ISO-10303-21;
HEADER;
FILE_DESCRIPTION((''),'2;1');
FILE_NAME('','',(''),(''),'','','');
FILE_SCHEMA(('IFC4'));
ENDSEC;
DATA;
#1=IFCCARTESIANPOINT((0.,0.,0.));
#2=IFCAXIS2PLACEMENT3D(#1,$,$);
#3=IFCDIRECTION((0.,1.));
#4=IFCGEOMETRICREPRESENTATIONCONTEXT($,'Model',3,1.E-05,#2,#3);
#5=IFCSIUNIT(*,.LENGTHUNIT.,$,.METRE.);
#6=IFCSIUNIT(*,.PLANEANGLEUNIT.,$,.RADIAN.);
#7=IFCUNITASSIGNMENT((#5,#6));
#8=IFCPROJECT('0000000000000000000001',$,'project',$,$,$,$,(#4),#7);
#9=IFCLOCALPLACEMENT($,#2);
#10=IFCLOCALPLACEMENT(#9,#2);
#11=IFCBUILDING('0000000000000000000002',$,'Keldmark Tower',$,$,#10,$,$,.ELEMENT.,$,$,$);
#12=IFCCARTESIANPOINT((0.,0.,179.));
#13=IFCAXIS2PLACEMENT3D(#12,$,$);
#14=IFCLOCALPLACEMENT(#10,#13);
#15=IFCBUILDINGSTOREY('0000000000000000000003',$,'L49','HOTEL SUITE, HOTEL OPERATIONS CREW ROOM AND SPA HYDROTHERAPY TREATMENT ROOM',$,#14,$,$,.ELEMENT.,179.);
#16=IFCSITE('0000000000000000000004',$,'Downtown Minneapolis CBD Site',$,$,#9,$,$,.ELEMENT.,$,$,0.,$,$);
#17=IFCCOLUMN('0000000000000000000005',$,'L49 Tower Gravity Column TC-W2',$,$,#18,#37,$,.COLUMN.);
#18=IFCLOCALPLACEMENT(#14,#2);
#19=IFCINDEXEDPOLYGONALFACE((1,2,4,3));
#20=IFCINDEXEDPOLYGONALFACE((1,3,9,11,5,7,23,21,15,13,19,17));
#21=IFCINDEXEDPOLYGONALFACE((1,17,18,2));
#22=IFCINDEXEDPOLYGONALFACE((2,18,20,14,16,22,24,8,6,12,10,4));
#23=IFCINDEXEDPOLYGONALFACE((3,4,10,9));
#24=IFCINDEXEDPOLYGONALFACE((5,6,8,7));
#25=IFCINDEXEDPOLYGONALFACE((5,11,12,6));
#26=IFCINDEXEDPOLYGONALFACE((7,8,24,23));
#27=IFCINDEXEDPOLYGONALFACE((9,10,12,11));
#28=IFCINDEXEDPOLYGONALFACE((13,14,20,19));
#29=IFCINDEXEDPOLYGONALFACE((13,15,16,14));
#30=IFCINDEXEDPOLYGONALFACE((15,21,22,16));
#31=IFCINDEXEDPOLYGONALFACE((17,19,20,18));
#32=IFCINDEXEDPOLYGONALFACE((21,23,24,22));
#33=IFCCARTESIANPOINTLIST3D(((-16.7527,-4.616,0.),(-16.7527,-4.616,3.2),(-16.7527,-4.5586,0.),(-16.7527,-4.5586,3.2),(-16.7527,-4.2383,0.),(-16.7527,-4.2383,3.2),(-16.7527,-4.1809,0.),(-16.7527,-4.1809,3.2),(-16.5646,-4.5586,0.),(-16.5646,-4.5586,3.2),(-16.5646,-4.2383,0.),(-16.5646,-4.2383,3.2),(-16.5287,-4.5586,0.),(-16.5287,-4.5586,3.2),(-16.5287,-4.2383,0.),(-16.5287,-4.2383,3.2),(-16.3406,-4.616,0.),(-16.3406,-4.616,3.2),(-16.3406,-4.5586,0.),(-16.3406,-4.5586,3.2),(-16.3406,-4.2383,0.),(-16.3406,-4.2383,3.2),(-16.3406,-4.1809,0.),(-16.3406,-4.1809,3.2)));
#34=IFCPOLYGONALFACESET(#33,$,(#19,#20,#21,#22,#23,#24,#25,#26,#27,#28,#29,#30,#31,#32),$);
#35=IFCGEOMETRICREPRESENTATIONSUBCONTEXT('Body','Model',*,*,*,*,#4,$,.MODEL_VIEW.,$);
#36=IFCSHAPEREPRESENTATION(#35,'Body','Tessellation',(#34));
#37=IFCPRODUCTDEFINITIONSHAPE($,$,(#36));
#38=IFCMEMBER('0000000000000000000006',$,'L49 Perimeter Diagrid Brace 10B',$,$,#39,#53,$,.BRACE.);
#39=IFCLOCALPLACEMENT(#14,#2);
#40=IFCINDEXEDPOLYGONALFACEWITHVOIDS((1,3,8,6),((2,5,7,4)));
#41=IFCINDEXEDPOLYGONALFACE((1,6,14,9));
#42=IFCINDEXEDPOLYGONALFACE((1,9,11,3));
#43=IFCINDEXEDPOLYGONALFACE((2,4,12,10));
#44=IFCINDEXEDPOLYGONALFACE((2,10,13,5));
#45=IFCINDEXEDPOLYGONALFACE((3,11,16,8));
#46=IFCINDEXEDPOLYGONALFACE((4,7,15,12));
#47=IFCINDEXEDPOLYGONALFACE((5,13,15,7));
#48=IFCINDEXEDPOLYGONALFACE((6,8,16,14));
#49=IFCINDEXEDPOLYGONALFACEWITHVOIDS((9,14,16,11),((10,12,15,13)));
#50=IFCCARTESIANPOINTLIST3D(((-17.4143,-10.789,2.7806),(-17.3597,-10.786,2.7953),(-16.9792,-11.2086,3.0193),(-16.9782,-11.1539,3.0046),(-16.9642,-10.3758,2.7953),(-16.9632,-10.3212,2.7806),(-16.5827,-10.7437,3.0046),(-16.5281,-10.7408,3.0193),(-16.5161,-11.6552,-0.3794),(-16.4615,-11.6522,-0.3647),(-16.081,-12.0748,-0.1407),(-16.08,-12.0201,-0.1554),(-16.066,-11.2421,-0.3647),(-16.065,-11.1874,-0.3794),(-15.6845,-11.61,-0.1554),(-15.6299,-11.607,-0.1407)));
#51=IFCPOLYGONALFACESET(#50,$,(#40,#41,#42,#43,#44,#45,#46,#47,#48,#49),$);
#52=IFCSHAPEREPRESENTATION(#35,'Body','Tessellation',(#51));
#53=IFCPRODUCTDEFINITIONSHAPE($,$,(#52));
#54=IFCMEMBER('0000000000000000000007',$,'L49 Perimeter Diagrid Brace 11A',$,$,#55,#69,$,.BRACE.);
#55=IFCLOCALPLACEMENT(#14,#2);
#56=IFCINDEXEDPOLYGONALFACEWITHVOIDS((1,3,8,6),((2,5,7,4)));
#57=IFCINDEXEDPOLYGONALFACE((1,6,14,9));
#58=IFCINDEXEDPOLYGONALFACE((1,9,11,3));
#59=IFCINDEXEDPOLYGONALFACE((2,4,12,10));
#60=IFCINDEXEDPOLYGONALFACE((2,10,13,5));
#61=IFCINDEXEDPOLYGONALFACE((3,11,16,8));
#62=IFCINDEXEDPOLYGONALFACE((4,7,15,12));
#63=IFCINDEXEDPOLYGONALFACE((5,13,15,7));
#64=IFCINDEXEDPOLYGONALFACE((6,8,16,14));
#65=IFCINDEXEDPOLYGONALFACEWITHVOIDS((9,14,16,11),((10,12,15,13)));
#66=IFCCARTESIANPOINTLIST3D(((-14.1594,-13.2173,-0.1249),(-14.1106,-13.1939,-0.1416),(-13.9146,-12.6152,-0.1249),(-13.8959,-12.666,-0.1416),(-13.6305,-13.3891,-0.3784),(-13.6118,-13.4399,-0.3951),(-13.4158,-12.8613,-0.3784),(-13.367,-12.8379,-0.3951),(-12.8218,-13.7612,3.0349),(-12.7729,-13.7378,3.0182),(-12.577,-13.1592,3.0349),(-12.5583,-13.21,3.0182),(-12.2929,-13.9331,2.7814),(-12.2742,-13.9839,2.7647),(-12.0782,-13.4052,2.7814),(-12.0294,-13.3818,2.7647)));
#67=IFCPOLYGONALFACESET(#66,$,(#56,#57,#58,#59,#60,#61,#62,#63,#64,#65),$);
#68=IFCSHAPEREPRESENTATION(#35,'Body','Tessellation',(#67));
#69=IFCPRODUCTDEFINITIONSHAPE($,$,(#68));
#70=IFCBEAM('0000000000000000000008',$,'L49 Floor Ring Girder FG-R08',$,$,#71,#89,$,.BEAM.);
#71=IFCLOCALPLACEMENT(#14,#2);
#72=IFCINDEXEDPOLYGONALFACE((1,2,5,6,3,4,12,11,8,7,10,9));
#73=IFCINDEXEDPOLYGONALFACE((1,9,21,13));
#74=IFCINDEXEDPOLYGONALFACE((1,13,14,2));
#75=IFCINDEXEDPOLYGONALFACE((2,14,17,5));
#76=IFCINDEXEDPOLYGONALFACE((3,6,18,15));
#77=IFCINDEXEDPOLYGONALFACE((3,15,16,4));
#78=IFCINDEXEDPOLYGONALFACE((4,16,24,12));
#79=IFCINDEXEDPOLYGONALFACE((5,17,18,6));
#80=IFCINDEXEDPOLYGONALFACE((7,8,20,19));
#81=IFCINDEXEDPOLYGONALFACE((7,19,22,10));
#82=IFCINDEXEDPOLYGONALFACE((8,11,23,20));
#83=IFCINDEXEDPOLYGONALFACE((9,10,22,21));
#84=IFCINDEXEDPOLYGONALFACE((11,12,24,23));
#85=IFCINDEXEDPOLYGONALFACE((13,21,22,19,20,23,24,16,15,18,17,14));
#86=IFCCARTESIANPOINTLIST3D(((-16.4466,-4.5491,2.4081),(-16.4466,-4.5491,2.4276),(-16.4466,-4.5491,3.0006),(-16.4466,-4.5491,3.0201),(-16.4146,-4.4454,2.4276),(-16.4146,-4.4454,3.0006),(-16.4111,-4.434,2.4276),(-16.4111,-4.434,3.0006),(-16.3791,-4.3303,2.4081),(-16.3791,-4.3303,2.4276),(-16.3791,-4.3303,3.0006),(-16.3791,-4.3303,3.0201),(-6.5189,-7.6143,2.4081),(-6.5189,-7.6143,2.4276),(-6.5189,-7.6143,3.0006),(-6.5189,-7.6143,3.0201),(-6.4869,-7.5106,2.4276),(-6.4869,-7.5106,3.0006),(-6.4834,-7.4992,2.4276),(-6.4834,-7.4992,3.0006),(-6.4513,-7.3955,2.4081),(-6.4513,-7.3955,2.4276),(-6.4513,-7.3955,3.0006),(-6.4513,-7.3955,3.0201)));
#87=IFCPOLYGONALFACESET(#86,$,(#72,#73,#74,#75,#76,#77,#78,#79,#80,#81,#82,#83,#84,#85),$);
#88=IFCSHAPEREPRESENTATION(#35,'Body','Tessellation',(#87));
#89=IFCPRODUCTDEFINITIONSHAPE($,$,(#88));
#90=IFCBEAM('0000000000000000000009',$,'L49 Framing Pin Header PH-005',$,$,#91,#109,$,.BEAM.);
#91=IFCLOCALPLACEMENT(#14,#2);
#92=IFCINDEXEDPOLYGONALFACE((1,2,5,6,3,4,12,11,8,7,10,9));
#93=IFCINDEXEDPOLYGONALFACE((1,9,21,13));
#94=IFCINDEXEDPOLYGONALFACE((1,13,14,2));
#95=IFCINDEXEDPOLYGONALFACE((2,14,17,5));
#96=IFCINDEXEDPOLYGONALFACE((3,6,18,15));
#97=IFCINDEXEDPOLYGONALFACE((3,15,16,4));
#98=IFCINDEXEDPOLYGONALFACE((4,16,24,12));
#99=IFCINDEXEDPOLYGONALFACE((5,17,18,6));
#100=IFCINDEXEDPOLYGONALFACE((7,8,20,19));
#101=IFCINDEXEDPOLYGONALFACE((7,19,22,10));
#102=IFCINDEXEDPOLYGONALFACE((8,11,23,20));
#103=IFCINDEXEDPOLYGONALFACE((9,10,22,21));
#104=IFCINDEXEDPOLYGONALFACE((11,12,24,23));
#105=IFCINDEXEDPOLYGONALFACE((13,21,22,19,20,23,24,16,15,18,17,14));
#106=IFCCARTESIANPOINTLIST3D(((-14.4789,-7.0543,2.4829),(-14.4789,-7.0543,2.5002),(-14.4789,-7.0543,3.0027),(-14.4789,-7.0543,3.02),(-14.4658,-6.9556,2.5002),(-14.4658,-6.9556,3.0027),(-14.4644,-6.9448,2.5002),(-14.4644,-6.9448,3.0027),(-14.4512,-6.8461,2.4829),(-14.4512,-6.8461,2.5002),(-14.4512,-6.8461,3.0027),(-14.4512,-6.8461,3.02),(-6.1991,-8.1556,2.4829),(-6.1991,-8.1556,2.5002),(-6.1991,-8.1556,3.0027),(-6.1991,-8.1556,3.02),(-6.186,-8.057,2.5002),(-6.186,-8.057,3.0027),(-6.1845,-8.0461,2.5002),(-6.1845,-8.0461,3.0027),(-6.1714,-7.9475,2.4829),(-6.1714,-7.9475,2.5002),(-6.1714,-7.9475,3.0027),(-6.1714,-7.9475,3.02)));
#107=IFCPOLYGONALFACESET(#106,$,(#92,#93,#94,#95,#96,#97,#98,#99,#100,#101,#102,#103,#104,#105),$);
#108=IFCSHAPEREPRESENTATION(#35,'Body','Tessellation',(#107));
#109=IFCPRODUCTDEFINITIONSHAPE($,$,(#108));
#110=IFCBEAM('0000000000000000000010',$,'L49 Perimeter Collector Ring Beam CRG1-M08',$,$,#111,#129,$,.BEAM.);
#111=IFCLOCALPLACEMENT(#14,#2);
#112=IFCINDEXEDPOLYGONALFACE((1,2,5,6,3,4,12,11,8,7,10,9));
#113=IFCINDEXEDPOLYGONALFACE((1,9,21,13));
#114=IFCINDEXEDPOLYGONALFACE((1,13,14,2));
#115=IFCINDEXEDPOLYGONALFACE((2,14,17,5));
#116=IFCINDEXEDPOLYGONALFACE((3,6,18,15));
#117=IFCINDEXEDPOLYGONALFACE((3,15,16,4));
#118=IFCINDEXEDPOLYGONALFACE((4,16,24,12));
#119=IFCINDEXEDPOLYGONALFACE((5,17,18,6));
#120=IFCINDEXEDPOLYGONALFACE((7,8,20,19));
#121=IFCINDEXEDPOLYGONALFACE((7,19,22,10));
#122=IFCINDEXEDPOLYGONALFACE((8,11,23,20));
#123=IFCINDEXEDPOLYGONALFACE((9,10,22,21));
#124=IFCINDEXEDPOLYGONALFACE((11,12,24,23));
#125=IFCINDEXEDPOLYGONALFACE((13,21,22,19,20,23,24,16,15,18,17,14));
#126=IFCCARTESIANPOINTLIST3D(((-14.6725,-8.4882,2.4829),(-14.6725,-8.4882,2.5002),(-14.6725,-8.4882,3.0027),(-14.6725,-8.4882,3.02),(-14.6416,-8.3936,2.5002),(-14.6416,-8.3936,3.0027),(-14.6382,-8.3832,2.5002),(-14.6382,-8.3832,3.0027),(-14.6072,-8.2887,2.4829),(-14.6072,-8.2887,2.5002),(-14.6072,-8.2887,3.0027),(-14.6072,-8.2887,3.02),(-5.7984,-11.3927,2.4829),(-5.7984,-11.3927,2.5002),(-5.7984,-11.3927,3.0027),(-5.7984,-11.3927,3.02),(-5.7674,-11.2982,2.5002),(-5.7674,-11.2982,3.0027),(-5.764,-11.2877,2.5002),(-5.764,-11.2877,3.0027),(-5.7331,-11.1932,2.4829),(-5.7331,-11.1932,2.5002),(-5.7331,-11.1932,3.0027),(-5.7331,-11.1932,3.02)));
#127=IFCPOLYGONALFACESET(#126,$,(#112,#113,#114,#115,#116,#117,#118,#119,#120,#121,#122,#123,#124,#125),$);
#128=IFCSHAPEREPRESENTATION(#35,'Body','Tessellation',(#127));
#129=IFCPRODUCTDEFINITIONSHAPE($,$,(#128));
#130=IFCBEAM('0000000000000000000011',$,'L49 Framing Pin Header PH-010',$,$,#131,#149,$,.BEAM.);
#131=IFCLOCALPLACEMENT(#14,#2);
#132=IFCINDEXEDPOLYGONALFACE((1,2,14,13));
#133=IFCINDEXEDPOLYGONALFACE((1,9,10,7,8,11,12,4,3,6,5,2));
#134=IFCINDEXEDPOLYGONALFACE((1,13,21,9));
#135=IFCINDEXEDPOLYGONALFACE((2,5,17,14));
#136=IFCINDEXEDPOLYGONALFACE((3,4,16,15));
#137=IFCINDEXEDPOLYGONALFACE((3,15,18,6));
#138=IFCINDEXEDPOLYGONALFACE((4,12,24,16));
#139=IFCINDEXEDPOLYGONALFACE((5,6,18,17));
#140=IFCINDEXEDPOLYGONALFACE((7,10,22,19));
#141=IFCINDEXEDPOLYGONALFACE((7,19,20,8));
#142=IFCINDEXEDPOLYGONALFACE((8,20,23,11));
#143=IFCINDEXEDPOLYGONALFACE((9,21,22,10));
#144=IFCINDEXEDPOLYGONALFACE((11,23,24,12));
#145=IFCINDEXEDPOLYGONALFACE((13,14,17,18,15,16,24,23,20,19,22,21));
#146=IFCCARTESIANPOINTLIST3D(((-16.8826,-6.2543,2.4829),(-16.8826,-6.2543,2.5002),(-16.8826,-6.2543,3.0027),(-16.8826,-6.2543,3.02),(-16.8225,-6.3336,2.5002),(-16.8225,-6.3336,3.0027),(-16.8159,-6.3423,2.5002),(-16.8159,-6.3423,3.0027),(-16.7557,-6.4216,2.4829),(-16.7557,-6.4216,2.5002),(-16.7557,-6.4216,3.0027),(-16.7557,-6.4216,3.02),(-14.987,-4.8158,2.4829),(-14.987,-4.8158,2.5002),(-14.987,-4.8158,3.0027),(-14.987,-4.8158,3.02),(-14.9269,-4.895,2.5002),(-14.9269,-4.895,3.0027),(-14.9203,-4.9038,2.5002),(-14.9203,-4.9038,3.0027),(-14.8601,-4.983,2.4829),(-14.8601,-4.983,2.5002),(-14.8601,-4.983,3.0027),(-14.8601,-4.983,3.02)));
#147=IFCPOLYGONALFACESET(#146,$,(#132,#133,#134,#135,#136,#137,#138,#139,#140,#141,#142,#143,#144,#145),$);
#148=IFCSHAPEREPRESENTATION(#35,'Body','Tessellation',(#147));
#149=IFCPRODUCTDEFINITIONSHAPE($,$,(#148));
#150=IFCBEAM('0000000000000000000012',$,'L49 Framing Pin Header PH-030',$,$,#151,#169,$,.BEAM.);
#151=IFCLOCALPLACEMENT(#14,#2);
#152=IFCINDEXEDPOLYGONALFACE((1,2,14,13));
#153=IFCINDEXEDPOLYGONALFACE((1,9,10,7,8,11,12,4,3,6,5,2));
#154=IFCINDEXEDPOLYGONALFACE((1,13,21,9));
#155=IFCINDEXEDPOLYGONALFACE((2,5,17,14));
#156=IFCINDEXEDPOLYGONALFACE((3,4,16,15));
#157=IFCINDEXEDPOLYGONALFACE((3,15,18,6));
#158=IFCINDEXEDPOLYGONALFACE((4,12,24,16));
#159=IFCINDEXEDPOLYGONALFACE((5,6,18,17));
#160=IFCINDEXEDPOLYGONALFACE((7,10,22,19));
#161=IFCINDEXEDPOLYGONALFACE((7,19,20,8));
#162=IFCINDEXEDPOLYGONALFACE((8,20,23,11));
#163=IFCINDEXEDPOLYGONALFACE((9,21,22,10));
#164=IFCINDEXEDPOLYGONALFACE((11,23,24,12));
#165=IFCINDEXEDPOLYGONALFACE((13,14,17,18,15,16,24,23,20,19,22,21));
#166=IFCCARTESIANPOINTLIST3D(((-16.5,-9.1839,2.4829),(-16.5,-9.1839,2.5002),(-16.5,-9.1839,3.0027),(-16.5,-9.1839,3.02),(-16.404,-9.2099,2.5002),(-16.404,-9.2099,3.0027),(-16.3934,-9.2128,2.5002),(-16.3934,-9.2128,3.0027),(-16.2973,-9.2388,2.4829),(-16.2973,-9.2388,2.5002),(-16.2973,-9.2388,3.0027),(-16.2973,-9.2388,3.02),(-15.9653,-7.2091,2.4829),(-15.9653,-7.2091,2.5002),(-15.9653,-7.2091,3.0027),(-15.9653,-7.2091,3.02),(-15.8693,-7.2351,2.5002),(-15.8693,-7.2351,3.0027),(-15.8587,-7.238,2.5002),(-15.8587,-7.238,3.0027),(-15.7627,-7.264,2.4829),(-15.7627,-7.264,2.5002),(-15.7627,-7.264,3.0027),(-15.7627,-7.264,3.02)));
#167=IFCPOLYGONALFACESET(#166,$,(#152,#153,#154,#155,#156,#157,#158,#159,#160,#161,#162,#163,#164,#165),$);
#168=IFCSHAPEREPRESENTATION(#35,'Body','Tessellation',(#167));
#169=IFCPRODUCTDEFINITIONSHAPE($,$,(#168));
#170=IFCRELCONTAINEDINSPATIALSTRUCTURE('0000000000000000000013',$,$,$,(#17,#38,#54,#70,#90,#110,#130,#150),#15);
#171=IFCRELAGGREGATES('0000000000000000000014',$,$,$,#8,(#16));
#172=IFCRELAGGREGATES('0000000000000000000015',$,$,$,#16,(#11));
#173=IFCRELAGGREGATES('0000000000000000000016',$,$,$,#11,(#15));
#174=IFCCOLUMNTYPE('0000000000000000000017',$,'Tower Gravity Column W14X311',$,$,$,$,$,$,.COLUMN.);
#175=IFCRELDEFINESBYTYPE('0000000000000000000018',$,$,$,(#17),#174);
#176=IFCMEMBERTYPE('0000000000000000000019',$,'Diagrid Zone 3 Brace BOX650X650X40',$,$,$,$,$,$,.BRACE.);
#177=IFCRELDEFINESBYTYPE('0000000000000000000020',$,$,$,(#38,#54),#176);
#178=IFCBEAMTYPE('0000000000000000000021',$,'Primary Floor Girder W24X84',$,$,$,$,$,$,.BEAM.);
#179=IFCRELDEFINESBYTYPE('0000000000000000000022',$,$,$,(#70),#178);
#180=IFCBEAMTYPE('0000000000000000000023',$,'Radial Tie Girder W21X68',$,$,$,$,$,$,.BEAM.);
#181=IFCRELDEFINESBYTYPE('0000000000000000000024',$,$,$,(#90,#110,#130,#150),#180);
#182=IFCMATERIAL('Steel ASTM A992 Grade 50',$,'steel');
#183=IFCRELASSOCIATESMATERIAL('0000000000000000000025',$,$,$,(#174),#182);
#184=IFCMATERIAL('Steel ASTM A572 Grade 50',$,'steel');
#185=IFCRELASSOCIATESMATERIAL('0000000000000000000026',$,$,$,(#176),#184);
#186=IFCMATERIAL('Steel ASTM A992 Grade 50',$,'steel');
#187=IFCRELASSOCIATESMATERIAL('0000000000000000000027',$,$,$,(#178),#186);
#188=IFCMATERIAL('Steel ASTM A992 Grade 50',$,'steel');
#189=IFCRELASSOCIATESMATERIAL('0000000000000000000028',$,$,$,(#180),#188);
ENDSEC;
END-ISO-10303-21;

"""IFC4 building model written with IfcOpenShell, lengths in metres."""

from ifc_helpers import new_model, si_unit, direction, frame, origin, origin_2d, place, context, subcontext, project, spatial, hollow_rectangle, i_section, extrude, material, material_profile, profile_set, type_object, element, save


model = new_model("IFC4")

# Units and contexts
model_context = context("Model", 3, precision=1e-05, world=origin(), true_north=direction((0.0, 1.0)))
body_context = subcontext(model_context, "Body", "Model", "MODEL_VIEW")
ifc_project = project(units=[si_unit("LENGTHUNIT", "METRE"), si_unit("PLANEANGLEUNIT", "RADIAN")], contexts=[model_context])

# Site, building, storey
site_placement = place(None, origin())
site = spatial("IfcSite", under=ifc_project, at=site_placement, Name="Downtown Minneapolis CBD Site", CompositionType="ELEMENT", RefElevation=0.0)
building_placement = place(site_placement, origin())
building = spatial("IfcBuilding", under=site, at=building_placement, Name="Keldmark Tower", CompositionType="ELEMENT")
storey_placement = place(building_placement, frame((0.0, 0.0, 179.0)))
storey = spatial("IfcBuildingStorey", under=building, at=storey_placement, Name="L49", Description="HOTEL SUITE, HOTEL OPERATIONS CREW ROOM AND SPA HYDROTHERAPY TREATMENT ROOM", CompositionType="ELEMENT", Elevation=179.0)

# Column
ifc_material_1 = material(Name="Steel ASTM A992 Grade 50", Category="steel")
ifc_material_profile_1 = material_profile(ifc_material_1, i_section(OverallWidth=0.4121, OverallDepth=0.4351, WebThickness=0.0359, FlangeThickness=0.0574, at=origin_2d()), Name="W14X311")
ifc_profile_set_1 = profile_set([ifc_material_profile_1], Name="Steel ASTM A992 Grade 50")
column_type = type_object("IfcColumnType", Name="Tower Gravity Column W14X311", PredefinedType="COLUMN", material=ifc_profile_set_1)
column_placement = place(storey_placement, frame((-16.5466, -4.3984, 0.0), z_axis=(0.0, 0.0, 1.0), x_axis=(1.0, 0.0, 0.0)))
element("IfcColumn", 1, at=column_placement, inside=storey, type_object=column_type, Name="L49 Tower Gravity Column TC-W2", PredefinedType="COLUMN", context=body_context, shape_type="SweptSolid", body=[
    extrude(i_section(OverallWidth=0.4121, OverallDepth=0.4351, WebThickness=0.0359, FlangeThickness=0.0574, at=origin_2d()), origin(), (0.0, 0.0, 1.0), 3.2),
])

# Members
ifc_material_2 = material(Name="Steel ASTM A572 Grade 50", Category="steel")
ifc_material_profile_2 = material_profile(ifc_material_2, hollow_rectangle(XDim=0.6499, YDim=0.6499, WallThickness=0.04, at=origin_2d()), Name="BOX650X650X40")
ifc_profile_set_2 = profile_set([ifc_material_profile_2], Name="Steel ASTM A572 Grade 50")
member_type = type_object("IfcMemberType", Name="Diagrid Zone 3 Brace BOX650X650X40", PredefinedType="BRACE", material=ifc_profile_set_2)
member_1_placement = place(storey_placement, frame((-16.073, -11.6311, -0.26), z_axis=(-0.264379, 0.254965, 0.930106), x_axis=(-0.694175, -0.719806, 0.0)))
element("IfcMember", 2, at=member_1_placement, inside=storey, type_object=member_type, Name="L49 Perimeter Diagrid Brace 10B", PredefinedType="BRACE", context=body_context, shape_type="SweptSolid", body=[
    extrude(hollow_rectangle(XDim=0.6499, YDim=0.6499, WallThickness=0.04, at=origin_2d()), origin(), (0.0, 0.0, 1.0), 3.3975),
])
member_2_placement = place(storey_placement, frame((-13.7632, -13.0276, -0.26), z_axis=(0.38502, -0.156566, 0.909531), x_axis=(0.37669, 0.926339, 0.0)))
element("IfcMember", 3, at=member_2_placement, inside=storey, type_object=member_type, Name="L49 Perimeter Diagrid Brace 11A", PredefinedType="BRACE", context=body_context, shape_type="SweptSolid", body=[
    extrude(hollow_rectangle(XDim=0.6499, YDim=0.6499, WallThickness=0.04, at=origin_2d()), origin(), (0.0, 0.0, 1.0), 3.4741),
])

# Beams
ifc_material_3 = material(Name="Steel ASTM A992 Grade 50", Category="steel")
ifc_material_profile_3 = material_profile(ifc_material_3, i_section(OverallWidth=0.229, OverallDepth=0.6121, WebThickness=0.012, FlangeThickness=0.0195, at=origin_2d()), Name="W24X84")
ifc_profile_set_3 = profile_set([ifc_material_profile_3], Name="Steel ASTM A992 Grade 50")
beam_type_1 = type_object("IfcBeamType", Name="Primary Floor Girder W24X84", PredefinedType="BEAM", material=ifc_profile_set_3)
beam_1_placement = place(storey_placement, frame((-16.4128, -4.4397, 2.7141), z_axis=(0.955495, -0.295009, 0.0), x_axis=(0.295009, 0.955495, 0.0)))
element("IfcBeam", 4, at=beam_1_placement, inside=storey, type_object=beam_type_1, Name="L49 Floor Ring Girder FG-R08", PredefinedType="BEAM", context=body_context, shape_type="SweptSolid", body=[
    extrude(i_section(OverallWidth=0.229, OverallDepth=0.6121, WebThickness=0.012, FlangeThickness=0.0195, at=origin_2d()), origin(), (0.0, 0.0, 1.0), 10.3901),
])
ifc_material_4 = material(Name="Steel ASTM A992 Grade 50", Category="steel")
ifc_material_profile_4 = material_profile(ifc_material_4, i_section(OverallWidth=0.21, OverallDepth=0.5371, WebThickness=0.011, FlangeThickness=0.0173, at=origin_2d()), Name="W21X68")
ifc_profile_set_4 = profile_set([ifc_material_profile_4], Name="Steel ASTM A992 Grade 50")
beam_type_2 = type_object("IfcBeamType", Name="Radial Tie Girder W21X68", PredefinedType="BEAM", material=ifc_profile_set_4)
beam_2_placement = place(storey_placement, frame((-14.4651, -6.9502, 2.7515), z_axis=(0.991269, -0.131852, 0.0), x_axis=(0.131852, 0.991269, 0.0)))
element("IfcBeam", 5, at=beam_2_placement, inside=storey, type_object=beam_type_2, Name="L49 Framing Pin Header PH-005", PredefinedType="BEAM", context=body_context, shape_type="SweptSolid", body=[
    extrude(i_section(OverallWidth=0.21, OverallDepth=0.5371, WebThickness=0.011, FlangeThickness=0.0173, at=origin_2d()), origin(), (0.0, 0.0, 1.0), 8.3528),
])
beam_3_placement = place(storey_placement, frame((-14.6399, -8.3884, 2.7515), z_axis=(0.95039, -0.311062, 0.0), x_axis=(0.311062, 0.95039, 0.0)))
element("IfcBeam", 6, at=beam_3_placement, inside=storey, type_object=beam_type_2, Name="L49 Perimeter Collector Ring Beam CRG1-M08", PredefinedType="BEAM", context=body_context, shape_type="SweptSolid", body=[
    extrude(i_section(OverallWidth=0.21, OverallDepth=0.5371, WebThickness=0.011, FlangeThickness=0.0173, at=origin_2d()), origin(), (0.0, 0.0, 1.0), 9.3374),
])
beam_4_placement = place(storey_placement, frame((-14.9236, -4.8994, 2.7515), z_axis=(-0.796589, -0.604521, 0.0), x_axis=(0.604521, -0.796589, 0.0)))
element("IfcBeam", 7, at=beam_4_placement, inside=storey, type_object=beam_type_2, Name="L49 Framing Pin Header PH-010", PredefinedType="BEAM", context=body_context, shape_type="SweptSolid", body=[
    extrude(i_section(OverallWidth=0.21, OverallDepth=0.5371, WebThickness=0.011, FlangeThickness=0.0173, at=origin_2d()), origin(), (0.0, 0.0, 1.0), 2.3796),
])
beam_5_placement = place(storey_placement, frame((-15.864, -7.2366, 2.7515), z_axis=(-0.26133, -0.96525, 0.0), x_axis=(0.96525, -0.26133, 0.0)))
element("IfcBeam", 8, at=beam_5_placement, inside=storey, type_object=beam_type_2, Name="L49 Framing Pin Header PH-030", PredefinedType="BEAM", context=body_context, shape_type="SweptSolid", body=[
    extrude(i_section(OverallWidth=0.21, OverallDepth=0.5371, WebThickness=0.011, FlangeThickness=0.0173, at=origin_2d()), origin(), (0.0, 0.0, 1.0), 2.0459),
])

save(model, "model.ifc")
